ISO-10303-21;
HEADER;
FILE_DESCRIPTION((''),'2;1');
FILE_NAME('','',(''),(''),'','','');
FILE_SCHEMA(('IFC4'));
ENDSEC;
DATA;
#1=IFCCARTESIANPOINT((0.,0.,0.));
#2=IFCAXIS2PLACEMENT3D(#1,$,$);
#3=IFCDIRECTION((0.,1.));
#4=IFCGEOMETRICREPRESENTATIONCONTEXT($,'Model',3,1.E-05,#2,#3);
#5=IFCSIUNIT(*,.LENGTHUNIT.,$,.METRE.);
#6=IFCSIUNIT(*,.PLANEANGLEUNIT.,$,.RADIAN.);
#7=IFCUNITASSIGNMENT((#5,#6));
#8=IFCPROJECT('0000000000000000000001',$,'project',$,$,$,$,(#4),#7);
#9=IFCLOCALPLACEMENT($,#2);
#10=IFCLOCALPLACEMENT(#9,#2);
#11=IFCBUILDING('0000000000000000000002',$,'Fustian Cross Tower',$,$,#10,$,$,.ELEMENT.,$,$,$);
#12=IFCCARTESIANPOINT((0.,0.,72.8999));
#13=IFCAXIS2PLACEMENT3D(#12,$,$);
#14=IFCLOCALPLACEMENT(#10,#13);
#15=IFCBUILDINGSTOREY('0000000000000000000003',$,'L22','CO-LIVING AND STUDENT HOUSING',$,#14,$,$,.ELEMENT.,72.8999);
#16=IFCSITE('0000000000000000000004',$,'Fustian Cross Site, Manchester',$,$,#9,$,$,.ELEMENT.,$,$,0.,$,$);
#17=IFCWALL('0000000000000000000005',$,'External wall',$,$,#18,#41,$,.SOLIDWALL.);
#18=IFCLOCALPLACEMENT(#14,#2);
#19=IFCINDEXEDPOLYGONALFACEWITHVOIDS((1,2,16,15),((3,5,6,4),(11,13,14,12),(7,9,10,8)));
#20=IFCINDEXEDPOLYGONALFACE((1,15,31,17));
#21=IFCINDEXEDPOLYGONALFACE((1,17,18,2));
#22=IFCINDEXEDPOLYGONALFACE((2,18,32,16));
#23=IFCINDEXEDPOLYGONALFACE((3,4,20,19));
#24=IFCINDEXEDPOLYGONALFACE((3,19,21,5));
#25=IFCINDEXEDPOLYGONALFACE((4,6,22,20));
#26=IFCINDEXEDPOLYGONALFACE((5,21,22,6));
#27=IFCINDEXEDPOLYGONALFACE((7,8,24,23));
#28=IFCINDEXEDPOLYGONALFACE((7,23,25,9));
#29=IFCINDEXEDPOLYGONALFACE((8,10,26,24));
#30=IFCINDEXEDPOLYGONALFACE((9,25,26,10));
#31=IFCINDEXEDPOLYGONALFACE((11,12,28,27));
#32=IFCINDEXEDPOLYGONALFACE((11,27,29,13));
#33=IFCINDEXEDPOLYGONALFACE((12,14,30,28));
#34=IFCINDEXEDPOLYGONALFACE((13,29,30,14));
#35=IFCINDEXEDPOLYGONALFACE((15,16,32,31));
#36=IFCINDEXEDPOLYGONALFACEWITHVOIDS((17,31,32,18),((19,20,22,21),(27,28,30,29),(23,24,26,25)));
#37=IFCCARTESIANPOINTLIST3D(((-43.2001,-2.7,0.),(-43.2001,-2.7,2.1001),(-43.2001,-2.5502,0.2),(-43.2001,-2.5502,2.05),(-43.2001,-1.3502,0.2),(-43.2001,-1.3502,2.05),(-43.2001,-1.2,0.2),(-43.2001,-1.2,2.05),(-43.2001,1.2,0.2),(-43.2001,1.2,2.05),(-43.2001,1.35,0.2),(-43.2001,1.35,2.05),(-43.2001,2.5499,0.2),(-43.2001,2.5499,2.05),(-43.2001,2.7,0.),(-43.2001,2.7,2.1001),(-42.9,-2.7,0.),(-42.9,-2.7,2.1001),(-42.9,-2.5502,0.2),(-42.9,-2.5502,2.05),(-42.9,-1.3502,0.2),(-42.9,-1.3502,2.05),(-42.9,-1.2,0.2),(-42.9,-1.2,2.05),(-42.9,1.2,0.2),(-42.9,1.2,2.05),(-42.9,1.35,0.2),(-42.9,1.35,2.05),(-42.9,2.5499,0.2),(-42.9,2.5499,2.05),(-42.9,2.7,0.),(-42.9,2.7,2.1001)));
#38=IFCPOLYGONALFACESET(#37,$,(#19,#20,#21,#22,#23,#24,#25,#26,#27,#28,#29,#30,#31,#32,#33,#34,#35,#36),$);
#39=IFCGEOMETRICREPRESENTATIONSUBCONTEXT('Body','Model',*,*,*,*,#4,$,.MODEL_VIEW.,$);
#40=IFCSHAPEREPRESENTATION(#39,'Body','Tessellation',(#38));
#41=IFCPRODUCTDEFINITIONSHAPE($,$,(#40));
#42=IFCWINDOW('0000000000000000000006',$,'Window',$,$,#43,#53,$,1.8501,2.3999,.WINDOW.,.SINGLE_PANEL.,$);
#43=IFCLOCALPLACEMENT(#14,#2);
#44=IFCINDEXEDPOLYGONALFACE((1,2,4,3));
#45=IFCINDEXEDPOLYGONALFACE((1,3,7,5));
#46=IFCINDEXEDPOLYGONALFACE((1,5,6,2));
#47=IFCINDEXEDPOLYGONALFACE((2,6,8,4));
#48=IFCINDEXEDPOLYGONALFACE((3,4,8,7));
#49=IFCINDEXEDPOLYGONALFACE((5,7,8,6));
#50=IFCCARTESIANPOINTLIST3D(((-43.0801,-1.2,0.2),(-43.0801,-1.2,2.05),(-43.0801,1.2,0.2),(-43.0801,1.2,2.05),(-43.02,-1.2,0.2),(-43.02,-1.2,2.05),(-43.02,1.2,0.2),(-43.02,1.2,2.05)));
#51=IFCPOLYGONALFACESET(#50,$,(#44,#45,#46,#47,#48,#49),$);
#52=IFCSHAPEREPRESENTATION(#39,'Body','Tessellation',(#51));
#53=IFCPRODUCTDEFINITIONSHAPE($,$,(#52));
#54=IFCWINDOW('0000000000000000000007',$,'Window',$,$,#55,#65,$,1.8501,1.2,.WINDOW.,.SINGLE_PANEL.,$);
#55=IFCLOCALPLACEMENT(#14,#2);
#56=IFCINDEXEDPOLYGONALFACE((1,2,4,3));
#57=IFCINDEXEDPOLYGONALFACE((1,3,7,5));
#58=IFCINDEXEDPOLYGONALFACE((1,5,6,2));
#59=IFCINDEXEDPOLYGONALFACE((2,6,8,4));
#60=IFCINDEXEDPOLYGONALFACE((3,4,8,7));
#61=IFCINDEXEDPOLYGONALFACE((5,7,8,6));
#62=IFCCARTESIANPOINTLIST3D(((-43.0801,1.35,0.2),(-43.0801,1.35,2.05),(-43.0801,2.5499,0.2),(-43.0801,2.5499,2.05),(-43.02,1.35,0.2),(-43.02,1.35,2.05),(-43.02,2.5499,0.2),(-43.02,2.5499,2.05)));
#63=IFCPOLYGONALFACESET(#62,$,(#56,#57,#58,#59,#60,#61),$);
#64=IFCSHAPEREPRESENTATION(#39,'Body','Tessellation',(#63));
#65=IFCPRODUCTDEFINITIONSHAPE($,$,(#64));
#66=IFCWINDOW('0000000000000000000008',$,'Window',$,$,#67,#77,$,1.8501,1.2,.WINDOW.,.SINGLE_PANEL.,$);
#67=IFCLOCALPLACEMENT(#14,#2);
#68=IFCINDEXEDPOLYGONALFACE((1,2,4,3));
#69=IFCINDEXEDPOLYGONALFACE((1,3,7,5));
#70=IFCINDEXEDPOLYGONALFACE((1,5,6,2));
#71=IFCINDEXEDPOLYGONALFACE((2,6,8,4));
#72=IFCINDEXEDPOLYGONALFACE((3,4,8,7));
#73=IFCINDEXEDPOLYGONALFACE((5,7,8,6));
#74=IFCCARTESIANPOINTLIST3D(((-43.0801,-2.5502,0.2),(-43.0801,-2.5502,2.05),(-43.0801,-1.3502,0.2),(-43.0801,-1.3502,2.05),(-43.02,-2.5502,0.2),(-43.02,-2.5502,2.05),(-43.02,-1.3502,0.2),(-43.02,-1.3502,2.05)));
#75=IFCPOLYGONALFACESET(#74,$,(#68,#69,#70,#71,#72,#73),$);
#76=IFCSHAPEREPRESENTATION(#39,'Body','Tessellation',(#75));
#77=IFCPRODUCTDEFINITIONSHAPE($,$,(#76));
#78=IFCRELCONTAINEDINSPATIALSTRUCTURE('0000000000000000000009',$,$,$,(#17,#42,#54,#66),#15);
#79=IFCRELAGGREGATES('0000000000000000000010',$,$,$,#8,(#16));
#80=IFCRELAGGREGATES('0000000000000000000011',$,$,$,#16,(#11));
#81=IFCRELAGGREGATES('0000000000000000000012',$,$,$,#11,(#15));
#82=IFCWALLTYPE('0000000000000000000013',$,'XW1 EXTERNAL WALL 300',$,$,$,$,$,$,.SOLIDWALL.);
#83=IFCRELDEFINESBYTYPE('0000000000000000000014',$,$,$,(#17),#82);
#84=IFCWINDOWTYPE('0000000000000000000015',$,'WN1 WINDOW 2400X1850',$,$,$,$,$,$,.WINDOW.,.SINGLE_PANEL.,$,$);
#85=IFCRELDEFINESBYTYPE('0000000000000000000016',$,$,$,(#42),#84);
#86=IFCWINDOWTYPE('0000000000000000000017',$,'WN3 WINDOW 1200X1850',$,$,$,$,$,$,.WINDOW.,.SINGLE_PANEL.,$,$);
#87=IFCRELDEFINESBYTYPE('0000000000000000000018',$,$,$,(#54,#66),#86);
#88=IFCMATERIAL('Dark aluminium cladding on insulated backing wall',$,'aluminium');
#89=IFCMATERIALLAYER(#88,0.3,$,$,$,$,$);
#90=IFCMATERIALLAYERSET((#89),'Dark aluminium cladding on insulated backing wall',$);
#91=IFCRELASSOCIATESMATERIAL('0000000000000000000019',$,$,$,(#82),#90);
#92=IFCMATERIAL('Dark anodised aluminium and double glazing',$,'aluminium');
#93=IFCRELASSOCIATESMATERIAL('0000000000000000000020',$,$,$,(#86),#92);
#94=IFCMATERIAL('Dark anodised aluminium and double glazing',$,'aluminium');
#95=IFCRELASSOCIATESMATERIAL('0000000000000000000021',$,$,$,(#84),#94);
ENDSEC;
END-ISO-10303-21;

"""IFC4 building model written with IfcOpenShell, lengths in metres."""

from ifc_helpers import new_model, si_unit, direction, frame, frame_2d, origin, place, context, subcontext, project, spatial, rectangle, extrude, material, layer, layer_set, type_object, element, fill, save


model = new_model("IFC4")

# Units and contexts
model_context = context("Model", 3, precision=1e-05, world=origin(), true_north=direction((0.0, 1.0)))
body_context = subcontext(model_context, "Body", "Model", "MODEL_VIEW")
ifc_project = project(units=[si_unit("LENGTHUNIT", "METRE"), si_unit("PLANEANGLEUNIT", "RADIAN")], contexts=[model_context])

# Site, building, storey
site_placement = place(None, origin())
site = spatial("IfcSite", under=ifc_project, at=site_placement, Name="Fustian Cross Site, Manchester", CompositionType="ELEMENT", RefElevation=0.0)
building_placement = place(site_placement, origin())
building = spatial("IfcBuilding", under=site, at=building_placement, Name="Fustian Cross Tower", CompositionType="ELEMENT")
storey_placement = place(building_placement, frame((0.0, 0.0, 72.8999)))
storey = spatial("IfcBuildingStorey", under=building, at=storey_placement, Name="L22", Description="CO-LIVING AND STUDENT HOUSING", CompositionType="ELEMENT", Elevation=72.8999)

# Shared definitions
ifc_material_1 = material(Name="Dark aluminium cladding on insulated backing wall", Category="aluminium")
ifc_layer_1 = layer(ifc_material_1, 0.3)
ifc_layer_set_1 = layer_set([ifc_layer_1], Name="Dark aluminium cladding on insulated backing wall")
wall_type_1 = type_object("IfcWallType", Name="XW1 EXTERNAL WALL 300", PredefinedType="SOLIDWALL", material=ifc_layer_set_1)
ifc_material_2 = material(Name="Dark anodised aluminium and double glazing", Category="aluminium")
window_type_1 = type_object("IfcWindowType", Name="WN3 WINDOW 1200X1850", PartitioningType="SINGLE_PANEL", PredefinedType="WINDOW", material=ifc_material_2)

# Wall, openings, windows
wall_1_placement = place(storey_placement, frame((-43.05, 2.7, 0.0), z_axis=(0.0, 0.0, 1.0), x_axis=(0.0, -1.0, 0.0)))
wall_1 = element("IfcWall", 1, at=wall_1_placement, inside=storey, type_object=wall_type_1, Name="External wall", PredefinedType="SOLIDWALL", context=body_context, shape_type="SweptSolid", body=[
    extrude(rectangle(XDim=5.3999, YDim=0.3, at=frame_2d((2.7, 0.0))), origin(), (0.0, 0.0, 1.0), 2.1001),
])
opening_1_placement = place(wall_1_placement, frame((1.5, 0.0, 0.2)))
opening_1 = element("IfcOpeningElement", 2, at=opening_1_placement, cuts=wall_1, PredefinedType="OPENING", context=body_context, shape_type="SweptSolid", body=[
    extrude(rectangle(XDim=2.3999, YDim=1.8501, at=frame_2d((1.2, 0.925))), frame((0.0, 0.1599, 0.0), z_axis=(0.0, -1.0, 0.0), x_axis=(1.0, 0.0, 0.0)), (0.0, 0.0, 1.0), 0.3201),
])
opening_2_placement = place(wall_1_placement, frame((0.1499, 0.0, 0.2)))
opening_2 = element("IfcOpeningElement", 3, at=opening_2_placement, cuts=wall_1, PredefinedType="OPENING", context=body_context, shape_type="SweptSolid", body=[
    extrude(rectangle(XDim=1.2, YDim=1.8501, at=frame_2d((0.6001, 0.925))), frame((0.0, 0.1599, 0.0), z_axis=(0.0, -1.0, 0.0), x_axis=(1.0, 0.0, 0.0)), (0.0, 0.0, 1.0), 0.3201),
])
opening_3_placement = place(wall_1_placement, frame((4.05, 0.0, 0.2)))
opening_3 = element("IfcOpeningElement", 4, at=opening_3_placement, cuts=wall_1, PredefinedType="OPENING", context=body_context, shape_type="SweptSolid", body=[
    extrude(rectangle(XDim=1.2, YDim=1.8501, at=frame_2d((0.6001, 0.925))), frame((0.0, 0.1599, 0.0), z_axis=(0.0, -1.0, 0.0), x_axis=(1.0, 0.0, 0.0)), (0.0, 0.0, 1.0), 0.3201),
])
ifc_material_3 = material(Name="Dark anodised aluminium and double glazing", Category="aluminium")
window_type_2 = type_object("IfcWindowType", Name="WN1 WINDOW 2400X1850", PartitioningType="SINGLE_PANEL", PredefinedType="WINDOW", material=ifc_material_3)
window_1_placement = place(opening_1_placement, origin())
window_1 = element("IfcWindow", 5, at=window_1_placement, inside=storey, type_object=window_type_2, Name="Window", OverallHeight=1.8501, OverallWidth=2.3999, PartitioningType="SINGLE_PANEL", PredefinedType="WINDOW", context=body_context, shape_type="SweptSolid", body=[
    extrude(rectangle(XDim=2.3999, YDim=1.8501, at=frame_2d((1.2, 0.925))), frame((0.0, 0.03, 0.0), z_axis=(0.0, -1.0, 0.0), x_axis=(1.0, 0.0, 0.0)), (0.0, 0.0, 1.0), 0.0601),
])
fill(opening_1, window_1)
window_2_placement = place(opening_2_placement, origin())
window_2 = element("IfcWindow", 6, at=window_2_placement, inside=storey, type_object=window_type_1, Name="Window", OverallHeight=1.8501, OverallWidth=1.2, PartitioningType="SINGLE_PANEL", PredefinedType="WINDOW", context=body_context, shape_type="SweptSolid", body=[
    extrude(rectangle(XDim=1.2, YDim=1.8501, at=frame_2d((0.6001, 0.925))), frame((0.0, 0.03, 0.0), z_axis=(0.0, -1.0, 0.0), x_axis=(1.0, 0.0, 0.0)), (0.0, 0.0, 1.0), 0.0601),
])
fill(opening_2, window_2)
window_3_placement = place(opening_3_placement, origin())
window_3 = element("IfcWindow", 7, at=window_3_placement, inside=storey, type_object=window_type_1, Name="Window", OverallHeight=1.8501, OverallWidth=1.2, PartitioningType="SINGLE_PANEL", PredefinedType="WINDOW", context=body_context, shape_type="SweptSolid", body=[
    extrude(rectangle(XDim=1.2, YDim=1.8501, at=frame_2d((0.6001, 0.925))), frame((0.0, 0.03, 0.0), z_axis=(0.0, -1.0, 0.0), x_axis=(1.0, 0.0, 0.0)), (0.0, 0.0, 1.0), 0.0601),
])
fill(opening_3, window_3)

save(model, "model.ifc")
